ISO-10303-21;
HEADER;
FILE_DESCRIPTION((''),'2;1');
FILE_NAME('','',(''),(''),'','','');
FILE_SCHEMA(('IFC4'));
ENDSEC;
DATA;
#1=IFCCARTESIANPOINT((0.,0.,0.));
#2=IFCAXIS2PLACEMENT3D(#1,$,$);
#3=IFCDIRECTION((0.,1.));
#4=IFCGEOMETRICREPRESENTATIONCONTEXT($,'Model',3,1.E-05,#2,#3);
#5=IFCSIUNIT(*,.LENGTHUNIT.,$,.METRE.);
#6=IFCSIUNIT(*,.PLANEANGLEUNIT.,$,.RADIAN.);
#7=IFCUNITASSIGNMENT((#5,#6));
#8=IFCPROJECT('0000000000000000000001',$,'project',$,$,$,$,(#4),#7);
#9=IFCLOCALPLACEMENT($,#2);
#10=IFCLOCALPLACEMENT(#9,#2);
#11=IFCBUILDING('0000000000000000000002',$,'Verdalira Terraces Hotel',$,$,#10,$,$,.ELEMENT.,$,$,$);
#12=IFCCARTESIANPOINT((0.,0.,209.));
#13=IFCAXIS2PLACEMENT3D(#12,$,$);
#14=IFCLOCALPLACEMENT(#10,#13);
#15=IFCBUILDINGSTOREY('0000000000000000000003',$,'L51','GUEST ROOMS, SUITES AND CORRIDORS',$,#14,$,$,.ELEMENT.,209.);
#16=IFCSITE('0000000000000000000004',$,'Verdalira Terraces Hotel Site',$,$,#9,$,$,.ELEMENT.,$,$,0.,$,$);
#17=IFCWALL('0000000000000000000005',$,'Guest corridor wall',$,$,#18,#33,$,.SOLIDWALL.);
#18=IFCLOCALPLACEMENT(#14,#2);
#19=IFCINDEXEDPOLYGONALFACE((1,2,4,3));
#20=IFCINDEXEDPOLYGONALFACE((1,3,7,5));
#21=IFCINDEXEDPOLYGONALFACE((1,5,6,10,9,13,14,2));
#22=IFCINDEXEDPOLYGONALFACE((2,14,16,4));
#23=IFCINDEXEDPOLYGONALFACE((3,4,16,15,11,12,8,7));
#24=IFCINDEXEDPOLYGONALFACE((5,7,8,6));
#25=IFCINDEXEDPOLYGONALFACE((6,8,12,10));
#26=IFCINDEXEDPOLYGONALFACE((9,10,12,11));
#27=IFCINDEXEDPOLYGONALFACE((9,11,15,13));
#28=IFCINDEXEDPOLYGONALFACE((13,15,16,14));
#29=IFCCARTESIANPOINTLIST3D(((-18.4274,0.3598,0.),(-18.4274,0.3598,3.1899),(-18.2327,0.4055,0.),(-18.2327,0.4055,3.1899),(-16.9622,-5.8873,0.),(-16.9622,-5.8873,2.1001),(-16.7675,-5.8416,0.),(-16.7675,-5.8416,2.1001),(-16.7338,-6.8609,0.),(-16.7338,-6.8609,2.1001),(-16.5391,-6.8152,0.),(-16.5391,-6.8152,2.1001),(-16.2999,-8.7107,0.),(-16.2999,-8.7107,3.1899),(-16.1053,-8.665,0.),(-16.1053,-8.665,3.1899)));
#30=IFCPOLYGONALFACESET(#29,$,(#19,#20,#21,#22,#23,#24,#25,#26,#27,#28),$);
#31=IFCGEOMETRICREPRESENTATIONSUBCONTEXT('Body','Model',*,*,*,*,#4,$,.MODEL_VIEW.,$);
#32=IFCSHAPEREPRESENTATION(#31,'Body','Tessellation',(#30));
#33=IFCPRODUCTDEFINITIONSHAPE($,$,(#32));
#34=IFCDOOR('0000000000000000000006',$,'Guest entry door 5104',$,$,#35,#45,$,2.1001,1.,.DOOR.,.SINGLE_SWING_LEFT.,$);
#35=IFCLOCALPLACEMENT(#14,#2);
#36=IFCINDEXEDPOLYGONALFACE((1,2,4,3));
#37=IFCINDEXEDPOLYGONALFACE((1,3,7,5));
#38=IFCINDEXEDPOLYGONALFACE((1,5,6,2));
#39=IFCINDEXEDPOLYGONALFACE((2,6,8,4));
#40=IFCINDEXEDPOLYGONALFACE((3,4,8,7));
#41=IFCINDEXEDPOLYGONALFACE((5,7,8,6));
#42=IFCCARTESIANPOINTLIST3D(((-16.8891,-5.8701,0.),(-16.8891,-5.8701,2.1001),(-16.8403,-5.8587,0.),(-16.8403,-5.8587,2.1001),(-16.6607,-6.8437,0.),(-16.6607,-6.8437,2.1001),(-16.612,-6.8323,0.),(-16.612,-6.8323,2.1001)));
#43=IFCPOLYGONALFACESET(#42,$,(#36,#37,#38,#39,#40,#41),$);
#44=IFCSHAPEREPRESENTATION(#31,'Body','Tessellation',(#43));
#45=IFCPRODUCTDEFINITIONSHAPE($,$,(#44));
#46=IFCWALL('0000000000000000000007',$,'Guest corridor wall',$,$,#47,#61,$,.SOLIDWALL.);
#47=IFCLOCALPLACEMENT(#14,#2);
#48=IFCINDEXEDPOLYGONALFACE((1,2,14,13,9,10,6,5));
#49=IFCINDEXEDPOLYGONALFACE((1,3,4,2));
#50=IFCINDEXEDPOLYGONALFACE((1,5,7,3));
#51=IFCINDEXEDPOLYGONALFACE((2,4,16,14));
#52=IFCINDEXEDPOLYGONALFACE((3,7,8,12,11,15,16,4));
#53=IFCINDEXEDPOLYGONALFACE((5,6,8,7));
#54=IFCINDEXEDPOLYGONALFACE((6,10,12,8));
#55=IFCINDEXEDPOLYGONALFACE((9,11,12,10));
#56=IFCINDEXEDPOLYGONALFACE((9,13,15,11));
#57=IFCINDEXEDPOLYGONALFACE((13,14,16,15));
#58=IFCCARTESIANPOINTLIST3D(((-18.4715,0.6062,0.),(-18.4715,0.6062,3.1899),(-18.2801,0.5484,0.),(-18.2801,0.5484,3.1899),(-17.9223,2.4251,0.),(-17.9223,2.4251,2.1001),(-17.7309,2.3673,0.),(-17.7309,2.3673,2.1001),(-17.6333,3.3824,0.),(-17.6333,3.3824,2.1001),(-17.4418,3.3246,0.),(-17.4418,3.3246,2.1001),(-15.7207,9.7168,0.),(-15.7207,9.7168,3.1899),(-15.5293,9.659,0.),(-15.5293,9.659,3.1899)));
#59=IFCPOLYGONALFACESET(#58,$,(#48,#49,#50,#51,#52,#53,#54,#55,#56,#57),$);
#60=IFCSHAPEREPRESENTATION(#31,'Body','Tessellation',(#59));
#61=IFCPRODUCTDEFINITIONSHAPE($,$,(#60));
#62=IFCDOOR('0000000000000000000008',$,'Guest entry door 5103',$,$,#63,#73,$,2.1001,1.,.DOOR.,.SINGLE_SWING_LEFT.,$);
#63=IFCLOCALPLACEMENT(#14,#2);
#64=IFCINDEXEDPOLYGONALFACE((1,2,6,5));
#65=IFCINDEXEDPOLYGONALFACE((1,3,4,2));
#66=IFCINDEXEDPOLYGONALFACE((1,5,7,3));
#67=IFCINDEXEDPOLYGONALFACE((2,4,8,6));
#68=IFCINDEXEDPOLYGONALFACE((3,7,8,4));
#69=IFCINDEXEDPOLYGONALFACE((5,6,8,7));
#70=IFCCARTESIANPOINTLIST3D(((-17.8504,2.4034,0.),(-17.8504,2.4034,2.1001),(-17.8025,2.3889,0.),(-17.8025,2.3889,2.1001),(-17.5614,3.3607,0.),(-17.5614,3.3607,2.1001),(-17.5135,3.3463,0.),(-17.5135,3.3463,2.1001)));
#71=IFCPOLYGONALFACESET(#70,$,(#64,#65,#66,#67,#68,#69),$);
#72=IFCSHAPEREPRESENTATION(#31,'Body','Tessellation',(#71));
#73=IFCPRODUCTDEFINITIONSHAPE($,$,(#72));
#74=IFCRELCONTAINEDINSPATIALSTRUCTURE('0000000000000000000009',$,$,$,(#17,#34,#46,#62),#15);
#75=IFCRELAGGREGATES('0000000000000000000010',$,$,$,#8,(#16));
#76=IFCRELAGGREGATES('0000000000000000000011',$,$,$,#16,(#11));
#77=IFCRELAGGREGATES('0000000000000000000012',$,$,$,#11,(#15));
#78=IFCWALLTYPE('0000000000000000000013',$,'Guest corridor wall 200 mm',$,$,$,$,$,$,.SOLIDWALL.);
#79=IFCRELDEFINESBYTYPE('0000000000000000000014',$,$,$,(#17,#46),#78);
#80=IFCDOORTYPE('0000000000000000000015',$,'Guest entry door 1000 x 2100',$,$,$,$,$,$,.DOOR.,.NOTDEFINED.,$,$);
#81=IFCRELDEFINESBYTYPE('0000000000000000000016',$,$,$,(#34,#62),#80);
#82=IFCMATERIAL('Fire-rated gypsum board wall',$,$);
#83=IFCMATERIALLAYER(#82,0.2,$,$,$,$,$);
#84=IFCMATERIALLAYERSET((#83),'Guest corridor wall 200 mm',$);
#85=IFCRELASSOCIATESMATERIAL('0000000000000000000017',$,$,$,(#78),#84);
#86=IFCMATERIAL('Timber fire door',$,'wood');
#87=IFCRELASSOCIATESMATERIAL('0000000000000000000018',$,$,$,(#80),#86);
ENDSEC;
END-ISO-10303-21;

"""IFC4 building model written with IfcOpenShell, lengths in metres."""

from ifc_helpers import new_model, si_unit, direction, frame, frame_2d, origin, place, context, subcontext, project, spatial, rectangle, extrude, material, layer, layer_set, type_object, element, fill, save


model = new_model("IFC4")

# Units and contexts
model_context = context("Model", 3, precision=1e-05, world=origin(), true_north=direction((0.0, 1.0)))
body_context = subcontext(model_context, "Body", "Model", "MODEL_VIEW")
ifc_project = project(units=[si_unit("LENGTHUNIT", "METRE"), si_unit("PLANEANGLEUNIT", "RADIAN")], contexts=[model_context])

# Site, building, storey
site_placement = place(None, origin())
site = spatial("IfcSite", under=ifc_project, at=site_placement, Name="Verdalira Terraces Hotel Site", CompositionType="ELEMENT", RefElevation=0.0)
building_placement = place(site_placement, origin())
building = spatial("IfcBuilding", under=site, at=building_placement, Name="Verdalira Terraces Hotel", CompositionType="ELEMENT")
storey_placement = place(building_placement, frame((0.0, 0.0, 209.0)))
storey = spatial("IfcBuildingStorey", under=building, at=storey_placement, Name="L51", Description="GUEST ROOMS, SUITES AND CORRIDORS", CompositionType="ELEMENT", Elevation=209.0)

# Walls, openings, doors
ifc_material_1 = material(Name="Fire-rated gypsum board wall")
ifc_layer_1 = layer(ifc_material_1, 0.2)
ifc_layer_set_1 = layer_set([ifc_layer_1], Name="Guest corridor wall 200 mm")
wall_type_1 = type_object("IfcWallType", Name="Guest corridor wall 200 mm", PredefinedType="SOLIDWALL", material=ifc_layer_set_1)
wall_1_placement = place(storey_placement, frame((-16.2026, -8.6877, 0.0), z_axis=(0.0, 0.0, 1.0), x_axis=(-0.228347, 0.97358, 0.0)))
wall_1 = element("IfcWall", 1, at=wall_1_placement, inside=storey, type_object=wall_type_1, Name="Guest corridor wall", PredefinedType="SOLIDWALL", context=body_context, shape_type="SweptSolid", body=[
    extrude(rectangle(XDim=9.3166, YDim=0.2, at=frame_2d((4.6582, 0.0))), origin(), (0.0, 0.0, 1.0), 3.1899),
])
opening_1_placement = place(wall_1_placement, frame((1.8999, 0.0, 0.0)))
opening_1 = element("IfcOpeningElement", 2, at=opening_1_placement, cuts=wall_1, PredefinedType="OPENING", context=body_context, shape_type="SweptSolid", body=[
    extrude(rectangle(XDim=1.0, YDim=2.1001, at=frame_2d((0.5, 1.05))), frame((0.0, 0.1099, 0.0), z_axis=(0.0, -1.0, 0.0), x_axis=(1.0, 0.0, 0.0)), (0.0, 0.0, 1.0), 0.22),
])
ifc_material_2 = material(Name="Timber fire door", Category="wood")
door_type_1 = type_object("IfcDoorType", Name="Guest entry door 1000 x 2100", OperationType="NOTDEFINED", PredefinedType="DOOR", material=ifc_material_2)
door_1_placement = place(opening_1_placement, origin())
door_1 = element("IfcDoor", 3, at=door_1_placement, inside=storey, type_object=door_type_1, Name="Guest entry door 5104", OperationType="SINGLE_SWING_LEFT", OverallHeight=2.1001, OverallWidth=1.0, PredefinedType="DOOR", context=body_context, shape_type="SweptSolid", body=[
    extrude(rectangle(XDim=1.0, YDim=2.1001, at=frame_2d((0.5, 1.05))), frame((0.0, 0.0249, 0.0), z_axis=(0.0, -1.0, 0.0), x_axis=(1.0, 0.0, 0.0)), (0.0, 0.0, 1.0), 0.05),
])
fill(opening_1, door_1)
wall_2_placement = place(storey_placement, frame((-18.3757, 0.5774, 0.0), z_axis=(0.0, 0.0, 1.0), x_axis=(0.28904, 0.957317, 0.0)))
wall_2 = element("IfcWall", 4, at=wall_2_placement, inside=storey, type_object=wall_type_1, Name="Guest corridor wall", PredefinedType="SOLIDWALL", context=body_context, shape_type="SweptSolid", body=[
    extrude(rectangle(XDim=9.5168, YDim=0.2, at=frame_2d((4.7583, 0.0))), origin(), (0.0, 0.0, 1.0), 3.1899),
])
opening_2_placement = place(wall_2_placement, frame((1.8999, 0.0, 0.0)))
opening_2 = element("IfcOpeningElement", 5, at=opening_2_placement, cuts=wall_2, PredefinedType="OPENING", context=body_context, shape_type="SweptSolid", body=[
    extrude(rectangle(XDim=1.0, YDim=2.1001, at=frame_2d((0.5, 1.05))), frame((0.0, 0.1099, 0.0), z_axis=(0.0, -1.0, 0.0), x_axis=(1.0, 0.0, 0.0)), (0.0, 0.0, 1.0), 0.22),
])
door_2_placement = place(opening_2_placement, origin())
door_2 = element("IfcDoor", 6, at=door_2_placement, inside=storey, type_object=door_type_1, Name="Guest entry door 5103", OperationType="SINGLE_SWING_LEFT", OverallHeight=2.1001, OverallWidth=1.0, PredefinedType="DOOR", context=body_context, shape_type="SweptSolid", body=[
    extrude(rectangle(XDim=1.0, YDim=2.1001, at=frame_2d((0.5, 1.05))), frame((0.0, 0.0249, 0.0), z_axis=(0.0, -1.0, 0.0), x_axis=(1.0, 0.0, 0.0)), (0.0, 0.0, 1.0), 0.05),
])
fill(opening_2, door_2)

save(model, "model.ifc")
